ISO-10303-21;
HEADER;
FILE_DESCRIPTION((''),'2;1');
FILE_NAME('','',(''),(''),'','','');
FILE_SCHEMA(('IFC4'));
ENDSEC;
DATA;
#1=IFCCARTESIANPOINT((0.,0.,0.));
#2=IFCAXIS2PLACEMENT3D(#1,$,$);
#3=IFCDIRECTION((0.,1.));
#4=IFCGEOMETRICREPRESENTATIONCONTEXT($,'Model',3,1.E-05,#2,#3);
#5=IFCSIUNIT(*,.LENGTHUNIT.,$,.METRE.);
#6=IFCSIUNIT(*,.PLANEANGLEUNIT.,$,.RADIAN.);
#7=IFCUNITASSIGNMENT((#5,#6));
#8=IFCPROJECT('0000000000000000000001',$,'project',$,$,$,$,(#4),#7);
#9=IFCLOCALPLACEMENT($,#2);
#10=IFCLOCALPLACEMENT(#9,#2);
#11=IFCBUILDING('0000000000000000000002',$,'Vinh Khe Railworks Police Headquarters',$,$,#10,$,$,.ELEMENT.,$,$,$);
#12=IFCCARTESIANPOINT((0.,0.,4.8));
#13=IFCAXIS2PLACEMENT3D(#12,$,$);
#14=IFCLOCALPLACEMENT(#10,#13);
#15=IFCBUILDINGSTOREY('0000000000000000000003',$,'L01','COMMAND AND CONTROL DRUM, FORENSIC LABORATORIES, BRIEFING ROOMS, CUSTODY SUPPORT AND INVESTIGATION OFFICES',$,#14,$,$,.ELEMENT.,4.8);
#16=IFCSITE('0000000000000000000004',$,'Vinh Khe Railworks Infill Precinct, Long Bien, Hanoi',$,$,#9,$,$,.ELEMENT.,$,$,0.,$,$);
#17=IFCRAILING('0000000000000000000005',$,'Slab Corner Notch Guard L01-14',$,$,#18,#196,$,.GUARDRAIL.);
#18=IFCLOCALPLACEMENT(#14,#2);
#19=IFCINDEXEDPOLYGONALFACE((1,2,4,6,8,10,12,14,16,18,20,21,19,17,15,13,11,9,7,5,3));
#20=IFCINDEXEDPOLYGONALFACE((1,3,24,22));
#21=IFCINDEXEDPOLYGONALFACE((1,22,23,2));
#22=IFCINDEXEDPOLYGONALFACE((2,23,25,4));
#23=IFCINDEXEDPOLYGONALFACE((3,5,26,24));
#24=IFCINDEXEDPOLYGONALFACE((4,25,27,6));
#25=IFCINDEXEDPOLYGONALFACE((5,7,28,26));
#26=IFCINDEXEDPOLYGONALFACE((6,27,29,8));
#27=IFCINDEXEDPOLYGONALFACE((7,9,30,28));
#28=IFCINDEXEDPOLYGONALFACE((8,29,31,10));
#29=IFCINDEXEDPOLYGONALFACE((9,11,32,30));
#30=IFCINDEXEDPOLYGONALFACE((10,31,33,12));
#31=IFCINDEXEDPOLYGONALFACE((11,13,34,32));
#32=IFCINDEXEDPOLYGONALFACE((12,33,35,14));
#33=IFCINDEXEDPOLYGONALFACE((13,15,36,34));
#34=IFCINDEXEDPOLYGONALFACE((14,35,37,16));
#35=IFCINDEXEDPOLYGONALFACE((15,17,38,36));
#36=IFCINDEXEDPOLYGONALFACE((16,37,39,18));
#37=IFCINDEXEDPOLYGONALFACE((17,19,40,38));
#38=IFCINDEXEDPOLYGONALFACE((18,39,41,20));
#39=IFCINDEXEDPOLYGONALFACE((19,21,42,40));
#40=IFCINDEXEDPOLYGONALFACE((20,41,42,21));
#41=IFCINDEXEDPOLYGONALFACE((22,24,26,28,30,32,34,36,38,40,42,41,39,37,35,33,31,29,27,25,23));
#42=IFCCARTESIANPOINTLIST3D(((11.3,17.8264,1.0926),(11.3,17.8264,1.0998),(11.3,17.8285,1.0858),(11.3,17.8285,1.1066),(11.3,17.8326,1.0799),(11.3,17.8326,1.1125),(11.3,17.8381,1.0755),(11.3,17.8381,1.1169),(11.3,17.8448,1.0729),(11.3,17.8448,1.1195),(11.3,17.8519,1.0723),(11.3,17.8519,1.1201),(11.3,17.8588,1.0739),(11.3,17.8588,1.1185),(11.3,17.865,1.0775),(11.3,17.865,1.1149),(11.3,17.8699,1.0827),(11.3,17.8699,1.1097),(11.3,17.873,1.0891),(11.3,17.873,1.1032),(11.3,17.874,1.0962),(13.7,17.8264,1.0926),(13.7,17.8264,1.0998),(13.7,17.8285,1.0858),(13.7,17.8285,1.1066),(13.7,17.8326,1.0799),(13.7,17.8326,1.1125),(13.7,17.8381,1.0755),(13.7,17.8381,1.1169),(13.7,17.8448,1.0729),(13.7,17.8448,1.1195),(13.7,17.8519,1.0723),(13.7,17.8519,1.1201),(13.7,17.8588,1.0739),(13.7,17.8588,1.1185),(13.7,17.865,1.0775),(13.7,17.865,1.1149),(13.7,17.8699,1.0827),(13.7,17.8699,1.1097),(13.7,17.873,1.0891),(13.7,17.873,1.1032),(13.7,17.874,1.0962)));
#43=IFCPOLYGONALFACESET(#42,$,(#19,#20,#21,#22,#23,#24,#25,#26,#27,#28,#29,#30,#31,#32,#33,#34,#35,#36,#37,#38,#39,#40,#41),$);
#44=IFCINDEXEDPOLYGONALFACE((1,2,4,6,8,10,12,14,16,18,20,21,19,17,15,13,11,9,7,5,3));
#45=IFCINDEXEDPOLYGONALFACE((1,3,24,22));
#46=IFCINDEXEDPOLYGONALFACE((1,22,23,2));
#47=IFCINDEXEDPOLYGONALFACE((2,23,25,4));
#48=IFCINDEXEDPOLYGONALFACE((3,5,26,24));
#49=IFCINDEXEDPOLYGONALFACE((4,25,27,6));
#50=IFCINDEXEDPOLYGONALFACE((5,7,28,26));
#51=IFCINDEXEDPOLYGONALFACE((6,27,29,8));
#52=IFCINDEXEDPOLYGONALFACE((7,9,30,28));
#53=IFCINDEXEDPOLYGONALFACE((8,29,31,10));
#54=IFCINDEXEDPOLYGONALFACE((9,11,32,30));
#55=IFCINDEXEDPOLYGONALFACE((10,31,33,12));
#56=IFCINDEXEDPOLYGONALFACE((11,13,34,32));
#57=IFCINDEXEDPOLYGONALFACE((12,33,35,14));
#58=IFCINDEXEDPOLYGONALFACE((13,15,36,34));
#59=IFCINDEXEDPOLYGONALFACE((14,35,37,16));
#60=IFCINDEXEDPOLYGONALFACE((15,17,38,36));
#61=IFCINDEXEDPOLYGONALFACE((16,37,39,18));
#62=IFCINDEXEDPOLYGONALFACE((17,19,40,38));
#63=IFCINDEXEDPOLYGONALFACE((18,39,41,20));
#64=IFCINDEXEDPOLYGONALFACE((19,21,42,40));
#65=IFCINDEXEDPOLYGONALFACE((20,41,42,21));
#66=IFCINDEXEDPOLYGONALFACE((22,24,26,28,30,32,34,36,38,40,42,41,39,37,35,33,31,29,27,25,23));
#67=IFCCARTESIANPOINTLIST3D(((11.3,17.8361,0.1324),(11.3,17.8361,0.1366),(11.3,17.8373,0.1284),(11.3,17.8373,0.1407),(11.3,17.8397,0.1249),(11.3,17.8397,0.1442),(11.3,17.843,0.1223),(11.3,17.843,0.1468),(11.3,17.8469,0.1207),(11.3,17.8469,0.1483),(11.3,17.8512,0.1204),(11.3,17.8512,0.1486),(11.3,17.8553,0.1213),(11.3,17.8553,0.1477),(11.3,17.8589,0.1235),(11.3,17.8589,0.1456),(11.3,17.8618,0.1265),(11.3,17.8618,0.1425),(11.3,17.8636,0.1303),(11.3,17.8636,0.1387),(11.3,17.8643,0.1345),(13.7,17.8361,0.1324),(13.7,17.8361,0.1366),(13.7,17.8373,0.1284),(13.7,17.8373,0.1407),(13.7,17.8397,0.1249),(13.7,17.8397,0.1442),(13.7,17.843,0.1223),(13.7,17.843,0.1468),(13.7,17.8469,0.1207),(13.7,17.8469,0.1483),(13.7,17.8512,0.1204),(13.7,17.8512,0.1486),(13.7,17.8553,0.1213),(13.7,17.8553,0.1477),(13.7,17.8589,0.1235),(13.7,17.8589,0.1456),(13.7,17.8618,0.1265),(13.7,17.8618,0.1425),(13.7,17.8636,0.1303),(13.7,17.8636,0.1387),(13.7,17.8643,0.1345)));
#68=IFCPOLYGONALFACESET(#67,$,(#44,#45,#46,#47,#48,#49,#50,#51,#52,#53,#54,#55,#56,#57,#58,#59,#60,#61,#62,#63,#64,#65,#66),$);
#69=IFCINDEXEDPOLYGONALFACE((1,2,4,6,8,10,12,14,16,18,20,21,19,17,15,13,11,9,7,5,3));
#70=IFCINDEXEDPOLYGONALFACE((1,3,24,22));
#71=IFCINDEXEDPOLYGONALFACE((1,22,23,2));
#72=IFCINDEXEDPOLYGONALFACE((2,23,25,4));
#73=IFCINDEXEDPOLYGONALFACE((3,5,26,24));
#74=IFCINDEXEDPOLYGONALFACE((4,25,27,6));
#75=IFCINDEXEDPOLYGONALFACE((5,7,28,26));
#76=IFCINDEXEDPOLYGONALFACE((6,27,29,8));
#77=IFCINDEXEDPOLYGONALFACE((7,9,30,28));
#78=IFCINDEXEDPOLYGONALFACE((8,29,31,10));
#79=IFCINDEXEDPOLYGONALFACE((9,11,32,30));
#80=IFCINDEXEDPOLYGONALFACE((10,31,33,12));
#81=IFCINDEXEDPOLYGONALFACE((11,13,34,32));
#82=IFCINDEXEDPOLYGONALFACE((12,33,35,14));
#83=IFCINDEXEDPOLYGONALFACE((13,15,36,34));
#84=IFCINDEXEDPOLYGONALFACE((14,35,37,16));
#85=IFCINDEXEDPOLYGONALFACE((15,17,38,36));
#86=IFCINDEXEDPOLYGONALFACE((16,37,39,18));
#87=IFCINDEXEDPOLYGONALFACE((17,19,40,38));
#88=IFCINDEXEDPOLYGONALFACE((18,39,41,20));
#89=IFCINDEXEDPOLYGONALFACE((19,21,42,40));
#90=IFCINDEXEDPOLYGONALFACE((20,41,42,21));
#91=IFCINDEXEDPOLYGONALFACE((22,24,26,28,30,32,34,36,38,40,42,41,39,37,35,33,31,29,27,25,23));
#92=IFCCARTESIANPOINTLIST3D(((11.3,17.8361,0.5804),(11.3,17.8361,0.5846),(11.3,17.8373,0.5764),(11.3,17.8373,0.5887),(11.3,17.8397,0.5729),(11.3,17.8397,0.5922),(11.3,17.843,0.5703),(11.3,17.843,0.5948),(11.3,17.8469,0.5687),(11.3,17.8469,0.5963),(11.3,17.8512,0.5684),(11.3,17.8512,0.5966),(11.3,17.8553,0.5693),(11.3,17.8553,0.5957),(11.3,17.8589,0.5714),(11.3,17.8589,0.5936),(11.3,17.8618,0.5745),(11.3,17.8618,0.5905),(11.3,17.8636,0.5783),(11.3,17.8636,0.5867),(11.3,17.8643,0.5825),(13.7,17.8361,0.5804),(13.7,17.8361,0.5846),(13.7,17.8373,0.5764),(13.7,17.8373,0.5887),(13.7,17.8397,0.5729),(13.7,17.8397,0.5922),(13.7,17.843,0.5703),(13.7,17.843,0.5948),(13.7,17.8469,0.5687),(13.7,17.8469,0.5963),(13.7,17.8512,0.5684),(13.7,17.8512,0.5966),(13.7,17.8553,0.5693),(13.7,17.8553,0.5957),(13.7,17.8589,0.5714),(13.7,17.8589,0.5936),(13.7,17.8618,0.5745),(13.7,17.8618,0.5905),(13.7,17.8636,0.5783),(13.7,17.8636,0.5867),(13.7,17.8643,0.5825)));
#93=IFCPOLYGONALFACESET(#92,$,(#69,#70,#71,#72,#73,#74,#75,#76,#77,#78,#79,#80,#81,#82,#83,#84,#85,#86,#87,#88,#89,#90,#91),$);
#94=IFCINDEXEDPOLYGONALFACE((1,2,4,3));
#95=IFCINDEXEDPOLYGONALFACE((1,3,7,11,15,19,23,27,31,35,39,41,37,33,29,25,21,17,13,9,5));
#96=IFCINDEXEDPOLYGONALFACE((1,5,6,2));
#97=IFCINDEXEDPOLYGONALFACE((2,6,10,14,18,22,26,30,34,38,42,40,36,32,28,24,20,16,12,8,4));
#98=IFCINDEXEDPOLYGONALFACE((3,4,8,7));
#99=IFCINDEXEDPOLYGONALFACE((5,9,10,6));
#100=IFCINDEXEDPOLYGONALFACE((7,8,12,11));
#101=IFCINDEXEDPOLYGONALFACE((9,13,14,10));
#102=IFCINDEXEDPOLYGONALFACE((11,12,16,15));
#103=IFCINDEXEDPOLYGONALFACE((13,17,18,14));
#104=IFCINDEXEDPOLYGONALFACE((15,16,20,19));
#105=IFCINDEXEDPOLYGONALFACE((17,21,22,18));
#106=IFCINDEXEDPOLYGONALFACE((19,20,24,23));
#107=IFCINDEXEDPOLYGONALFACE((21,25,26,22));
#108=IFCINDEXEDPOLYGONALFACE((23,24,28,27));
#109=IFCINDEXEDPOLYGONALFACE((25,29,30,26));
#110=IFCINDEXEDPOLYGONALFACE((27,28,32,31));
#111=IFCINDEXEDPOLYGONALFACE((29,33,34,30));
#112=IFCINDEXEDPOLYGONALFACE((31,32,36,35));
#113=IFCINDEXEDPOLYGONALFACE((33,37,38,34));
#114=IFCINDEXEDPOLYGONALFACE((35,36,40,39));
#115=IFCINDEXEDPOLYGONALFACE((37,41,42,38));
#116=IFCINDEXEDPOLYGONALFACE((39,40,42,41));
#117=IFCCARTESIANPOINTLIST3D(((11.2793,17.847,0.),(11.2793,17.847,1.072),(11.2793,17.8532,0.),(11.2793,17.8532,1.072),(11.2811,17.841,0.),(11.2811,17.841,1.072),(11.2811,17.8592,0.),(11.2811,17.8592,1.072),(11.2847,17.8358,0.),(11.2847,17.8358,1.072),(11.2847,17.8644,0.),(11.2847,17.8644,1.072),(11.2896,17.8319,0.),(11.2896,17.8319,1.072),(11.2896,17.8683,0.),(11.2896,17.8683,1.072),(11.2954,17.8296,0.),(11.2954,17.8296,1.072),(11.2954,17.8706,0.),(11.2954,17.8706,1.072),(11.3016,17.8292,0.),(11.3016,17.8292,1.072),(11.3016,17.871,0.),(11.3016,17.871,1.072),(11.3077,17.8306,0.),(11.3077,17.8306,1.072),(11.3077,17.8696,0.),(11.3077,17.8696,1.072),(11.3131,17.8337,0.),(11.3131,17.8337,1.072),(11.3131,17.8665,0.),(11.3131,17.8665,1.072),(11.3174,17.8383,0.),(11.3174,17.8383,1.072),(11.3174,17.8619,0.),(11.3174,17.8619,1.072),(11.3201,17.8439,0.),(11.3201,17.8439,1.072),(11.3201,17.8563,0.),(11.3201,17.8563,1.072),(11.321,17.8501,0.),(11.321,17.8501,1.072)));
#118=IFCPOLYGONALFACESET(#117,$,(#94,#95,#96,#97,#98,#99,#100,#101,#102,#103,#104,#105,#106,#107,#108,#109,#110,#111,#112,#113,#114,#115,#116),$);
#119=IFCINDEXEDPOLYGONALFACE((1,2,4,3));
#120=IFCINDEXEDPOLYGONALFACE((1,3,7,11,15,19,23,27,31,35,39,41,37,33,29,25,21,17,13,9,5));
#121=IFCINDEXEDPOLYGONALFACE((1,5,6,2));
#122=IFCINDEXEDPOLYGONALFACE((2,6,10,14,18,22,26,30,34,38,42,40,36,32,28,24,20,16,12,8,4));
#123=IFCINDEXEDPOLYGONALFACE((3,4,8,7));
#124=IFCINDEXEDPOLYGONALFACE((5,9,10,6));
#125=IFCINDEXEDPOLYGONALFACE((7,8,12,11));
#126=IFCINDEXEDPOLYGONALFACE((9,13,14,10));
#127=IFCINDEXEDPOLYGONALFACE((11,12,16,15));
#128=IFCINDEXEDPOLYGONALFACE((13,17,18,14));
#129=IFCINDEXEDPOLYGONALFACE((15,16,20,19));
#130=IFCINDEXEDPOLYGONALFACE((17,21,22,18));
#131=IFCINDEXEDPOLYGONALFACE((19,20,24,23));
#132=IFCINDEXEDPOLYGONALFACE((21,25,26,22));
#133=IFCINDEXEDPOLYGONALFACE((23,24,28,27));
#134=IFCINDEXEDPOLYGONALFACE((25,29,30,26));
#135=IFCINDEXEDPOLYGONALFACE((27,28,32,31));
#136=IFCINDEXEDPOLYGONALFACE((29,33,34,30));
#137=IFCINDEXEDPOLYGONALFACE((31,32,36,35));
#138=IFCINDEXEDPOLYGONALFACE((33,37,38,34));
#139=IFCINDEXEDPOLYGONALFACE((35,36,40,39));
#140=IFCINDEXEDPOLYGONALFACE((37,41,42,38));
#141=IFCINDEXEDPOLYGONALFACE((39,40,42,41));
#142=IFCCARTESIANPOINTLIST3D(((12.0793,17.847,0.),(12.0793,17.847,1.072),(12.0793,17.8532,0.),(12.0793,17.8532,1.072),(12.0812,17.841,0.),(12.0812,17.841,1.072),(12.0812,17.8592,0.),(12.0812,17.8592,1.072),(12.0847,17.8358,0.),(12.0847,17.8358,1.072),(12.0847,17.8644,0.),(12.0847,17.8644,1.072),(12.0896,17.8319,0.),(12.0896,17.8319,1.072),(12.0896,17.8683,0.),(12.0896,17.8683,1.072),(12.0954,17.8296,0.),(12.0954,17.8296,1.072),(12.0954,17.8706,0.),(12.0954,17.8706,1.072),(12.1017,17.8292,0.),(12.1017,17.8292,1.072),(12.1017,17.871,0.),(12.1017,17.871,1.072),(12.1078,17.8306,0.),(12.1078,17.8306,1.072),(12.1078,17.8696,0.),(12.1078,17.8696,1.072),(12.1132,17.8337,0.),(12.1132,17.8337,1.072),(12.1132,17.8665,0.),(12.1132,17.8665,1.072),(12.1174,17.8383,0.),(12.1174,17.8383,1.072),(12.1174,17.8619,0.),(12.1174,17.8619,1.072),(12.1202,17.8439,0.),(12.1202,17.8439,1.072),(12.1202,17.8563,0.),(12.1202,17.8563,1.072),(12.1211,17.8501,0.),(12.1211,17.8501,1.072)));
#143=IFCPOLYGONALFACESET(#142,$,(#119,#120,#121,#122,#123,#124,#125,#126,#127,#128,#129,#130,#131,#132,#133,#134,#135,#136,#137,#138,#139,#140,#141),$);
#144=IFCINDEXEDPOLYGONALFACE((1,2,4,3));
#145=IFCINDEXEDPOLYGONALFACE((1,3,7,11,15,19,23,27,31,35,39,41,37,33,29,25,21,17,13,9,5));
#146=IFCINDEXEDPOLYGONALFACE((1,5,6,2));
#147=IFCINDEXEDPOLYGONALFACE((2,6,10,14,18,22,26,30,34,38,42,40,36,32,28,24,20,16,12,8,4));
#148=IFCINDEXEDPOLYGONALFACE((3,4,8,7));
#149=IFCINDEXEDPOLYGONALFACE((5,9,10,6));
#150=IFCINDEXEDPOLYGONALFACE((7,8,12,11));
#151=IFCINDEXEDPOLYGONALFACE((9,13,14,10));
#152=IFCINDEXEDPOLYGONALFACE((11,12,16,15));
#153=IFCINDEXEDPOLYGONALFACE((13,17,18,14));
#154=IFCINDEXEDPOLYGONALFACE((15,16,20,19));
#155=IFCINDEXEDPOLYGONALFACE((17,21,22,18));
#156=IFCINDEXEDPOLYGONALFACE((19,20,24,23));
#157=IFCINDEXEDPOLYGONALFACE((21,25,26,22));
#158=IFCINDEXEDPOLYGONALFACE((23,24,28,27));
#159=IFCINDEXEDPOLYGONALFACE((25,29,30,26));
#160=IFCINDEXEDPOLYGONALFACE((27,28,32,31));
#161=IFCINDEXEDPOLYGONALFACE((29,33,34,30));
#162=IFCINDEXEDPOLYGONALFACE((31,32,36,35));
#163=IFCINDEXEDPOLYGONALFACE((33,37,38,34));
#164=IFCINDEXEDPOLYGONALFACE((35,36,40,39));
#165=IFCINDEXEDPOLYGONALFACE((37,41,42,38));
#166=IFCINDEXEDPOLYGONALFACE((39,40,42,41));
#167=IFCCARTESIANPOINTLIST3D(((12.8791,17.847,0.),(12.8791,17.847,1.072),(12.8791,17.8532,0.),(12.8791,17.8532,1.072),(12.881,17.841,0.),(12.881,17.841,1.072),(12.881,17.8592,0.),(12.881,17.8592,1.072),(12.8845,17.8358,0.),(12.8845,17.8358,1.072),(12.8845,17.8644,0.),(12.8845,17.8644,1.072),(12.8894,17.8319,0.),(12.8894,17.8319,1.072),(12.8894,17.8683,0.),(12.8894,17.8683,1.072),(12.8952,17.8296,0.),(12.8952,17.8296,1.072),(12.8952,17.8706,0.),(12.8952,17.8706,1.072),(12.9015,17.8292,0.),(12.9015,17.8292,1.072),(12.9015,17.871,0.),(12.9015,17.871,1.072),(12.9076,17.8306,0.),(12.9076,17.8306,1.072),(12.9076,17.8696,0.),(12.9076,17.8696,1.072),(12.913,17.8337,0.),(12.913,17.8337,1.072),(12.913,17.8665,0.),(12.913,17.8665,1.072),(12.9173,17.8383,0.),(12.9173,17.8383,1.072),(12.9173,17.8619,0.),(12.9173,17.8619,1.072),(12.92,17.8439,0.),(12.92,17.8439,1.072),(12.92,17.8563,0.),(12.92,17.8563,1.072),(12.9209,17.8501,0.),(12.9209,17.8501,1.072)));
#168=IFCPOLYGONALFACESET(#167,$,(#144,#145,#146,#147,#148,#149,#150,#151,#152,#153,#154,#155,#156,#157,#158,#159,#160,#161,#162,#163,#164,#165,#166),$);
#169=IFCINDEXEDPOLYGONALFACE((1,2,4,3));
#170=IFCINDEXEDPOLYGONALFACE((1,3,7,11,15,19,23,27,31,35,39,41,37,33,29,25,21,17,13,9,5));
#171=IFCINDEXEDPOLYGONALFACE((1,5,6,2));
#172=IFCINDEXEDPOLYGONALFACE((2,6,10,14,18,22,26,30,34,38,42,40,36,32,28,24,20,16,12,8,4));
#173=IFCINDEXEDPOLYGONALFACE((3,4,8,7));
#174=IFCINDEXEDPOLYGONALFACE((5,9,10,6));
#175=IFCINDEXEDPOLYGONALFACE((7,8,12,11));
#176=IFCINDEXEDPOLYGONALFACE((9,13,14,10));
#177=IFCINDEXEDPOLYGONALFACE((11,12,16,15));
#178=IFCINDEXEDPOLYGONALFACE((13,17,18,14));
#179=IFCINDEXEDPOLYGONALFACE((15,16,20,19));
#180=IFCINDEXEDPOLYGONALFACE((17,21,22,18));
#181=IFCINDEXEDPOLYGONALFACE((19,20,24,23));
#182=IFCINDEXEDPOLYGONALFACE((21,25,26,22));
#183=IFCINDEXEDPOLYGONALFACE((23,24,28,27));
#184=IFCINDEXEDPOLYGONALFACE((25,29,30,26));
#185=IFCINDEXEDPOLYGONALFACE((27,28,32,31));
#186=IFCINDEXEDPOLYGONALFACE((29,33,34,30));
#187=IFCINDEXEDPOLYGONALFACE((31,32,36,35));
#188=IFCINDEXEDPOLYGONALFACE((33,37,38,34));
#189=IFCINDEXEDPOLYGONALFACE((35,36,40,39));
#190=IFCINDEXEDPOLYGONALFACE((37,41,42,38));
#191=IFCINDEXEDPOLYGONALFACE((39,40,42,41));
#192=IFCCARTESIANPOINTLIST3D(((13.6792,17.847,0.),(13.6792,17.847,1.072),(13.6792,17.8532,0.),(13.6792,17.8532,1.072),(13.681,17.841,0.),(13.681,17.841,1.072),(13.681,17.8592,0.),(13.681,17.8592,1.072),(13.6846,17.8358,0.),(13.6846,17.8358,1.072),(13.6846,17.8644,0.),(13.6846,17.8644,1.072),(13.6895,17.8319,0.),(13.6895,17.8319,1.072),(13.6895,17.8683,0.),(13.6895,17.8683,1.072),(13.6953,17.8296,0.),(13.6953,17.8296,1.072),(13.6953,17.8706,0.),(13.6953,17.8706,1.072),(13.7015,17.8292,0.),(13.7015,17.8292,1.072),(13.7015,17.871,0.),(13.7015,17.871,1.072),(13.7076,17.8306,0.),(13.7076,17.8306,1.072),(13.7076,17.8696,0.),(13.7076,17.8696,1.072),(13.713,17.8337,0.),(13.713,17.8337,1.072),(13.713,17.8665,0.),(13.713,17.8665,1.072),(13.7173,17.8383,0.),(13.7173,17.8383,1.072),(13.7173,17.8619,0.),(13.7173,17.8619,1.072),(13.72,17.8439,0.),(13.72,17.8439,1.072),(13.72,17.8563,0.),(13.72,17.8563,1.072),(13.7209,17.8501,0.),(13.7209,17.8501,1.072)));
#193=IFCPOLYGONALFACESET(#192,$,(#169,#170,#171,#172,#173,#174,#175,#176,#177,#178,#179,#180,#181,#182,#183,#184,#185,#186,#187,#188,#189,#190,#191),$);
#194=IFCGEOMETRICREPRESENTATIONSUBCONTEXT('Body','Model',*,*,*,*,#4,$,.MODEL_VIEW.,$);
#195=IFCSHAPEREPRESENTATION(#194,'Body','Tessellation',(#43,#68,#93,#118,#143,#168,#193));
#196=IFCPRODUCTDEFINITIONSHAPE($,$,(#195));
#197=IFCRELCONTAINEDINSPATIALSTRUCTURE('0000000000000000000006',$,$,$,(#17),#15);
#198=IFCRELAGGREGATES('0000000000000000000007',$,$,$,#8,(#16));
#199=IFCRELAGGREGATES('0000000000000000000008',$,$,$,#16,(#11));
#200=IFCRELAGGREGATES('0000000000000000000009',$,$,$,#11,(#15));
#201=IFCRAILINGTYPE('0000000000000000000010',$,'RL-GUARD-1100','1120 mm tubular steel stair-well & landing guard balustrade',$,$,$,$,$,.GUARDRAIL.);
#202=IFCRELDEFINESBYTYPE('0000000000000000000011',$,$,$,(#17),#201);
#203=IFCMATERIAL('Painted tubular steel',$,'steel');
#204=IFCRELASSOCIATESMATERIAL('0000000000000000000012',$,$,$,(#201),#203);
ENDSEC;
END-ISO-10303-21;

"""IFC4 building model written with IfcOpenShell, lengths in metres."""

from ifc_helpers import new_model, si_unit, direction, frame, origin, origin_2d, place, context, subcontext, project, spatial, circle, extrude, material, type_object, element, save


model = new_model("IFC4")

# Units and contexts
model_context = context("Model", 3, precision=1e-05, world=origin(), true_north=direction((0.0, 1.0)))
body_context = subcontext(model_context, "Body", "Model", "MODEL_VIEW")
ifc_project = project(units=[si_unit("LENGTHUNIT", "METRE"), si_unit("PLANEANGLEUNIT", "RADIAN")], contexts=[model_context])

# Site, building, storey
site_placement = place(None, origin())
site = spatial("IfcSite", under=ifc_project, at=site_placement, Name="Vinh Khe Railworks Infill Precinct, Long Bien, Hanoi", CompositionType="ELEMENT", RefElevation=0.0)
building_placement = place(site_placement, origin())
building = spatial("IfcBuilding", under=site, at=building_placement, Name="Vinh Khe Railworks Police Headquarters", CompositionType="ELEMENT")
storey_placement = place(building_placement, frame((0.0, 0.0, 4.8)))
storey = spatial("IfcBuildingStorey", under=building, at=storey_placement, Name="L01", Description="COMMAND AND CONTROL DRUM, FORENSIC LABORATORIES, BRIEFING ROOMS, CUSTODY SUPPORT AND INVESTIGATION OFFICES", CompositionType="ELEMENT", Elevation=4.8)

# Railing
ifc_material_1 = material(Name="Painted tubular steel", Category="steel")
railing_type = type_object("IfcRailingType", Name="RL-GUARD-1100", Description="1120 mm tubular steel stair-well & landing guard balustrade", PredefinedType="GUARDRAIL", material=ifc_material_1)
railing_placement = place(storey_placement, frame((11.3, 17.8501, 0.0)))
element("IfcRailing", 1, at=railing_placement, inside=storey, type_object=railing_type, Name="Slab Corner Notch Guard L01-14", PredefinedType="GUARDRAIL", context=body_context, shape_type="SweptSolid", body=[
    extrude(circle(Radius=0.0239, at=origin_2d()), frame((0.0, 0.0, 1.0962), z_axis=(1.0, 0.0, 0.0), x_axis=(0.0, 1.0, 0.0)), (0.0, 0.0, 1.0), 2.3999),
    extrude(circle(Radius=0.0142, at=origin_2d()), frame((0.0, 0.0, 0.1345), z_axis=(1.0, 0.0, 0.0), x_axis=(0.0, 1.0, 0.0)), (0.0, 0.0, 1.0), 2.3999),
    extrude(circle(Radius=0.0142, at=origin_2d()), frame((0.0, 0.0, 0.5825), z_axis=(1.0, 0.0, 0.0), x_axis=(0.0, 1.0, 0.0)), (0.0, 0.0, 1.0), 2.3999),
    extrude(circle(Radius=0.021, at=origin_2d()), origin(), (0.0, 0.0, 1.0), 1.072),
    extrude(circle(Radius=0.021, at=origin_2d()), frame((0.8, 0.0, 0.0)), (0.0, 0.0, 1.0), 1.072),
    extrude(circle(Radius=0.021, at=origin_2d()), frame((1.5999, 0.0, 0.0)), (0.0, 0.0, 1.0), 1.072),
    extrude(circle(Radius=0.021, at=origin_2d()), frame((2.3999, 0.0, 0.0)), (0.0, 0.0, 1.0), 1.072),
])

save(model, "model.ifc")
